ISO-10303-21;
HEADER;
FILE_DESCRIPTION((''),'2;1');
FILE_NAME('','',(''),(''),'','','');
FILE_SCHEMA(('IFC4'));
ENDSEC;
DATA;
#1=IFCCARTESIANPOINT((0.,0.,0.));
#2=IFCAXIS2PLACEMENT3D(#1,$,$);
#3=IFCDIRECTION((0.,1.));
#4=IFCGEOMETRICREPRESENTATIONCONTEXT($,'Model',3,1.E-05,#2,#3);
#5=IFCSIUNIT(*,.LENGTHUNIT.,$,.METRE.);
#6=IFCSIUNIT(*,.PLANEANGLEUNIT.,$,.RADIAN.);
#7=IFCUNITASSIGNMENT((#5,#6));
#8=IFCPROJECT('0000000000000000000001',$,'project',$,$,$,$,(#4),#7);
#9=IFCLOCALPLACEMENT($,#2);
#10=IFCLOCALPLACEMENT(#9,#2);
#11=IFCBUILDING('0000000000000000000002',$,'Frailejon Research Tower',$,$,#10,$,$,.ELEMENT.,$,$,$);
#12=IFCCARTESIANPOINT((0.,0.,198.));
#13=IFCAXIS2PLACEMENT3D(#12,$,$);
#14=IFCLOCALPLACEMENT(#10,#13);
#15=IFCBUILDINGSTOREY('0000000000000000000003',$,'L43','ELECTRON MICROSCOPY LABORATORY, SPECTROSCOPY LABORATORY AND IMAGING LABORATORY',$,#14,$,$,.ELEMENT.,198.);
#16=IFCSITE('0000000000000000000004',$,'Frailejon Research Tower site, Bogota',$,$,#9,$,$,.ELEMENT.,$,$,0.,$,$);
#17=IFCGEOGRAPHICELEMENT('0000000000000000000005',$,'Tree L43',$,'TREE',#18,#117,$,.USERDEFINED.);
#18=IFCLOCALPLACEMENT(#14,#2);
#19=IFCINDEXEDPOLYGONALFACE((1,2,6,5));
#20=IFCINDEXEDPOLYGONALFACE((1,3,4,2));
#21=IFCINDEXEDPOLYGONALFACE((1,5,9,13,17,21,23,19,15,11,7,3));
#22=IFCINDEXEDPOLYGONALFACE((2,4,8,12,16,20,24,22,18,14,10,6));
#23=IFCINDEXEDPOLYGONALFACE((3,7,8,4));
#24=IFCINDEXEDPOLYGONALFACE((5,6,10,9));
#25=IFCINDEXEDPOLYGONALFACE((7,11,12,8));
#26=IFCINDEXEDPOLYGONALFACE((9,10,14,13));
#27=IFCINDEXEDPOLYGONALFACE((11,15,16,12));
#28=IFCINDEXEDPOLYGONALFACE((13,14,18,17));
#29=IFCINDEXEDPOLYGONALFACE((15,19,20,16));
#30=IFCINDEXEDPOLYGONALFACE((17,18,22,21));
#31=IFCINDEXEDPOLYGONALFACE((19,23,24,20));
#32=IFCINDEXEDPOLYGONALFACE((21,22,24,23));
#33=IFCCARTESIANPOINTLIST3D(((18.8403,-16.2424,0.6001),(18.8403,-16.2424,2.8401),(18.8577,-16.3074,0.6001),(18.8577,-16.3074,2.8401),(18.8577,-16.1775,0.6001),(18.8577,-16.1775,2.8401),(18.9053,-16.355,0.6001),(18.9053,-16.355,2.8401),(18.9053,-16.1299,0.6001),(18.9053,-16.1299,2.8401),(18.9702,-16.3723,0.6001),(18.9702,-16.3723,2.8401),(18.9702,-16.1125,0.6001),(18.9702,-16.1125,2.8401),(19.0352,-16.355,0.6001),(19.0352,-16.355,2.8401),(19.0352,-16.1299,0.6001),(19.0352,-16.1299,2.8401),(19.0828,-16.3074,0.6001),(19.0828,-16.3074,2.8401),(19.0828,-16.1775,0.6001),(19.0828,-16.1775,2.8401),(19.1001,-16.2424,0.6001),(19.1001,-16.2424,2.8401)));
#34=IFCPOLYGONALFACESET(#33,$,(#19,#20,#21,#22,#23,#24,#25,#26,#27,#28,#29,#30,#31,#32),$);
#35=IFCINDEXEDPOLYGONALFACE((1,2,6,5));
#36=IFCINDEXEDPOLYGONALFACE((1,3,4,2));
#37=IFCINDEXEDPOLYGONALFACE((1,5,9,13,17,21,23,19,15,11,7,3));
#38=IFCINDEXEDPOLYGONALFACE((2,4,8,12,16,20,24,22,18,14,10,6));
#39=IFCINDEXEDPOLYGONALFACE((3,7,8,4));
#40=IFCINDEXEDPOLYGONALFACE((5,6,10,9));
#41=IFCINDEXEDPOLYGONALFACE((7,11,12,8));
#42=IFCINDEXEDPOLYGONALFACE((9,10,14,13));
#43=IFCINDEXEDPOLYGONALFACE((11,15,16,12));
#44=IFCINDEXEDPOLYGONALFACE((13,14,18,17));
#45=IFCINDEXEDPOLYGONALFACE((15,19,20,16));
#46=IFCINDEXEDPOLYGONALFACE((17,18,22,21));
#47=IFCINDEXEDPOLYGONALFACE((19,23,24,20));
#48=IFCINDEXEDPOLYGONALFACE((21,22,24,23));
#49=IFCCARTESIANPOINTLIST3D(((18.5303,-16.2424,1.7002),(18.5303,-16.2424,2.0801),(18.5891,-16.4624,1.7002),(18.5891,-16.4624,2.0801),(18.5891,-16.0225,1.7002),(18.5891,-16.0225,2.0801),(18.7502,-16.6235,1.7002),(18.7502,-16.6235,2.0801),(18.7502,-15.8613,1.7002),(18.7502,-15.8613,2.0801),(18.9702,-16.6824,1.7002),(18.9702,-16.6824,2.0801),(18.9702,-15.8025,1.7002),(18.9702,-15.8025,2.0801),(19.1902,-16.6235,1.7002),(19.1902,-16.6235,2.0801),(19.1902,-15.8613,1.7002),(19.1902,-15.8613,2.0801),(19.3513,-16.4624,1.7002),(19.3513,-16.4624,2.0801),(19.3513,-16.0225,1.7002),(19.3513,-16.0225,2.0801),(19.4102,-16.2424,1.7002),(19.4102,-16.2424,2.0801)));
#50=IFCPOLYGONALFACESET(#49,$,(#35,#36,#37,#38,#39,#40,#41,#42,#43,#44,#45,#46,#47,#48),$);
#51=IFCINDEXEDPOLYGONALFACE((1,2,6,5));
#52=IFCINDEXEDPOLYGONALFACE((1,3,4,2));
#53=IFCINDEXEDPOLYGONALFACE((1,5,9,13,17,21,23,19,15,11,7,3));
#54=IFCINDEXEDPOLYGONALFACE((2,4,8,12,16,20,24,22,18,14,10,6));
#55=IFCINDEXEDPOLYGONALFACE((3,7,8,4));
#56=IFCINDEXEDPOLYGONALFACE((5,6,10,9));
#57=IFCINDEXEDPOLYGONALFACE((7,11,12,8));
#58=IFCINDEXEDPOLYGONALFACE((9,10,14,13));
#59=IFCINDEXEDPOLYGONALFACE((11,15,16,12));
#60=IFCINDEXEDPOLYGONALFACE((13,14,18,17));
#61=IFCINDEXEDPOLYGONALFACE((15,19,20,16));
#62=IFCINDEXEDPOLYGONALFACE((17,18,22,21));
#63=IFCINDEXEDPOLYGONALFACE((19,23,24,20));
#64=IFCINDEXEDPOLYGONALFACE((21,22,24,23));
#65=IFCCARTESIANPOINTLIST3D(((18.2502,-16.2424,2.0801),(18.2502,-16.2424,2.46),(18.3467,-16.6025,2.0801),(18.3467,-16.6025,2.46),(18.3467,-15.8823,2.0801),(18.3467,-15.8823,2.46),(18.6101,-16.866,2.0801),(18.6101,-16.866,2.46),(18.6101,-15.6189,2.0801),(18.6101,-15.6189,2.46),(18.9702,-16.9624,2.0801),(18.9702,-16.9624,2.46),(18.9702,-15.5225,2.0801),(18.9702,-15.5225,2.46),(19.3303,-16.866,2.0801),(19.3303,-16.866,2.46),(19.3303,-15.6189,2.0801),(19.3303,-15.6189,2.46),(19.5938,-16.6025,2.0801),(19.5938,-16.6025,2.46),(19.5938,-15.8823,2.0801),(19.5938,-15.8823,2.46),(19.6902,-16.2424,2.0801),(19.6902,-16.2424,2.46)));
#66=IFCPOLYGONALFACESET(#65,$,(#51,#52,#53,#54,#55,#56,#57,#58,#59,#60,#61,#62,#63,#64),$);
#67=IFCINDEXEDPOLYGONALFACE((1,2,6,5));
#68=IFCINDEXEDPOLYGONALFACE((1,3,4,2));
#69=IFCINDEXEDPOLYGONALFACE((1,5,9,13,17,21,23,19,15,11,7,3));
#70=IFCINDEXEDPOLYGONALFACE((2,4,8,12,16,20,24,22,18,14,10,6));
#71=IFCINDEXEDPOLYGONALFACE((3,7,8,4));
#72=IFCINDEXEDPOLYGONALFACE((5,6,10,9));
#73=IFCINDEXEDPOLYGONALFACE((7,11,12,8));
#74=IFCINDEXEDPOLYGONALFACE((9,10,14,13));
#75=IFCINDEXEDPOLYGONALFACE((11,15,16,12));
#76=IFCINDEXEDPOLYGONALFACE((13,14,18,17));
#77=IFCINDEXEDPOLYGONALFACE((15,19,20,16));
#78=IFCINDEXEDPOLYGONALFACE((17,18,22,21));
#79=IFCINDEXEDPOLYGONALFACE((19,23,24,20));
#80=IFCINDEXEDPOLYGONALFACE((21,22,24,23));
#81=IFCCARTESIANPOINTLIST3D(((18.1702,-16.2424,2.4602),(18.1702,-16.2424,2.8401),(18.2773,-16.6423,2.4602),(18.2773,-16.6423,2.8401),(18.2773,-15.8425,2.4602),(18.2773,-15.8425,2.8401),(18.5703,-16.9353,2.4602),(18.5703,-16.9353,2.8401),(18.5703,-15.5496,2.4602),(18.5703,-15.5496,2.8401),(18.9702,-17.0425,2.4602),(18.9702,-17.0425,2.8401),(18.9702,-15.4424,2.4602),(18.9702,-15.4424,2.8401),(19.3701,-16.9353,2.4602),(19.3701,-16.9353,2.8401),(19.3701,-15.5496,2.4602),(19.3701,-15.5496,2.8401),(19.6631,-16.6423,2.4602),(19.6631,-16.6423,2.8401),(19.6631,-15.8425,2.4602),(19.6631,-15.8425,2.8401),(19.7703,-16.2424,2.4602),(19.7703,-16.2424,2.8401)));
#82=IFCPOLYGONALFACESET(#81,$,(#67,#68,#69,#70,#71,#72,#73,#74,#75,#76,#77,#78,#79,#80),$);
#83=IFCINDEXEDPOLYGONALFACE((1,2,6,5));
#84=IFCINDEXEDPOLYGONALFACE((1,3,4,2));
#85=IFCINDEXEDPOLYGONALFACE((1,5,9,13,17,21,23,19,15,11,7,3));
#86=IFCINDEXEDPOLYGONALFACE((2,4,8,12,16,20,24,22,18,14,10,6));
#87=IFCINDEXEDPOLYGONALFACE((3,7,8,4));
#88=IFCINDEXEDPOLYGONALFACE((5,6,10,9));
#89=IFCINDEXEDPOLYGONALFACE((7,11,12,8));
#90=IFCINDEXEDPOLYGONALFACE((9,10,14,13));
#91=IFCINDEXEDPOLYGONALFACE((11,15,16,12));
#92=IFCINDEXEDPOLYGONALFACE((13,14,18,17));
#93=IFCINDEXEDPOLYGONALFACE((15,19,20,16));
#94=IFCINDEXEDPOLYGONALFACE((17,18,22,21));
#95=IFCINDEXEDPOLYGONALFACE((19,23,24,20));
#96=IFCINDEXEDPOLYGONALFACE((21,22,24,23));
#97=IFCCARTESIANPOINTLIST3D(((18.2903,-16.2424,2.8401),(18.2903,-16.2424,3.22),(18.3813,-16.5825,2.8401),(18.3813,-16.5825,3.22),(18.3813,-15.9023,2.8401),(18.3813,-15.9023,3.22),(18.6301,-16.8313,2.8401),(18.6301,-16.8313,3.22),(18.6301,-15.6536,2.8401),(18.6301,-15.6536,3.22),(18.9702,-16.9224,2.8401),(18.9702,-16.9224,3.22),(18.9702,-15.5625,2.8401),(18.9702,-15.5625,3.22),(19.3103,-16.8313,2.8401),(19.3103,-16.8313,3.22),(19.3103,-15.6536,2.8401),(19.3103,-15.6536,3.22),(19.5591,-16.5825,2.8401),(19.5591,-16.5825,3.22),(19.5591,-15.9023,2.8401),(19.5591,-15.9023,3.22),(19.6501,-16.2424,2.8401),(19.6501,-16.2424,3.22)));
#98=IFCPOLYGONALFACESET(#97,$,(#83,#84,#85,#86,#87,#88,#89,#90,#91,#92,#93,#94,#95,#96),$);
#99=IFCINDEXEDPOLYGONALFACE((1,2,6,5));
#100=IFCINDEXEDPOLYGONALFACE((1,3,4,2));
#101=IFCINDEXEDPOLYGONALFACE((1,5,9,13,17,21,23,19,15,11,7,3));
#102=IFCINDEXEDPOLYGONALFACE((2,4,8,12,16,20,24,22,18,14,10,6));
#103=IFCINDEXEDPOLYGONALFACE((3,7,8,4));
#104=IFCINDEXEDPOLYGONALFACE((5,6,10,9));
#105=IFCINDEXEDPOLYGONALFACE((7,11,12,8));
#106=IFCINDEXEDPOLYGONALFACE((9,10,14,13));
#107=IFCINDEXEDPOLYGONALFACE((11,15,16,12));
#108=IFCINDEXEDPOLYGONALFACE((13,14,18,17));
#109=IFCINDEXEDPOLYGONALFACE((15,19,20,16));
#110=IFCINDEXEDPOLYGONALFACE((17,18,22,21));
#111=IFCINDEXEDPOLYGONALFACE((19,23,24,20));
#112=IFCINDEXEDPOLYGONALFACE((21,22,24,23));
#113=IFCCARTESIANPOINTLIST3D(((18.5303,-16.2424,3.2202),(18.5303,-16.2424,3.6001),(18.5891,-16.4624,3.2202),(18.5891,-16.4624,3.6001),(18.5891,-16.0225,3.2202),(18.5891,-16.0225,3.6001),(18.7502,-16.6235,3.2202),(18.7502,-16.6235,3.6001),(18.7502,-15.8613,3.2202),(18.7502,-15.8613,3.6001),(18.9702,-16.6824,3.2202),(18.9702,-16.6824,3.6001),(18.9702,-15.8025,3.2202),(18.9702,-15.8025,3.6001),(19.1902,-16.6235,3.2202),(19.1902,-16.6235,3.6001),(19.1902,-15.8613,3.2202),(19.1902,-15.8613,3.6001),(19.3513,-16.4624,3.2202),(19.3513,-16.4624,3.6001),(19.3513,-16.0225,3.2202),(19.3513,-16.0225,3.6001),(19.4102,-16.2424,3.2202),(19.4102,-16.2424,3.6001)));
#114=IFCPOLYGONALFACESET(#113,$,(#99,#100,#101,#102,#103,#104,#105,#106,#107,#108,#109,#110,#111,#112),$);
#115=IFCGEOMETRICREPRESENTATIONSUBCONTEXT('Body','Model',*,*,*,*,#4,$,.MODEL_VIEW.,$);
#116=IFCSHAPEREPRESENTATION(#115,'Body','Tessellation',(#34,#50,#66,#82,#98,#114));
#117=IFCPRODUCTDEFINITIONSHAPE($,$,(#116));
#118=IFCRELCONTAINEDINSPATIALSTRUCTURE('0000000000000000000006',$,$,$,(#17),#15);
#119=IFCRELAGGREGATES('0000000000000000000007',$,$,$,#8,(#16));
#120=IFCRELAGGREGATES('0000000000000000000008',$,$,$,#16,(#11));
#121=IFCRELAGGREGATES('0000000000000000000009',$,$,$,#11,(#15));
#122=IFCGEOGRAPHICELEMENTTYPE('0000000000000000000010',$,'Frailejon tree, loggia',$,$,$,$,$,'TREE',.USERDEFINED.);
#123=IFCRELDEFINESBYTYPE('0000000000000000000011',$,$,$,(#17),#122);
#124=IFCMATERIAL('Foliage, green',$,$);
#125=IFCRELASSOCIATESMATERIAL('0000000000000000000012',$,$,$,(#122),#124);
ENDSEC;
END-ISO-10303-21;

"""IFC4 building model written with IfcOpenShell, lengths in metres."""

from ifc_helpers import new_model, si_unit, direction, frame, origin, place, context, subcontext, project, spatial, polyline, outline, extrude, material, type_object, element, save


model = new_model("IFC4")

# Units and contexts
model_context = context("Model", 3, precision=1e-05, world=origin(), true_north=direction((0.0, 1.0)))
body_context = subcontext(model_context, "Body", "Model", "MODEL_VIEW")
ifc_project = project(units=[si_unit("LENGTHUNIT", "METRE"), si_unit("PLANEANGLEUNIT", "RADIAN")], contexts=[model_context])

# Site, building, storey
site_placement = place(None, origin())
site = spatial("IfcSite", under=ifc_project, at=site_placement, Name="Frailejon Research Tower site, Bogota", CompositionType="ELEMENT", RefElevation=0.0)
building_placement = place(site_placement, origin())
building = spatial("IfcBuilding", under=site, at=building_placement, Name="Frailejon Research Tower", CompositionType="ELEMENT")
storey_placement = place(building_placement, frame((0.0, 0.0, 198.0)))
storey = spatial("IfcBuildingStorey", under=building, at=storey_placement, Name="L43", Description="ELECTRON MICROSCOPY LABORATORY, SPECTROSCOPY LABORATORY AND IMAGING LABORATORY", CompositionType="ELEMENT", Elevation=198.0)

# Geographic element
ifc_material_1 = material(Name="Foliage, green")
geographic_element_type = type_object("IfcGeographicElementType", Name="Frailejon tree, loggia", ElementType="TREE", PredefinedType="USERDEFINED", material=ifc_material_1)
geographic_element_placement = place(storey_placement, frame((18.9702, -16.2424, 0.6001)))
element("IfcGeographicElement", 1, at=geographic_element_placement, inside=storey, type_object=geographic_element_type, Name="Tree L43", ObjectType="TREE", PredefinedType="USERDEFINED", context=body_context, shape_type="SweptSolid", body=[
    extrude(outline(polyline([(0.1299, 0.0), (0.1125, 0.0649), (0.0649, 0.1125), (0.0, 0.1299), (-0.0649, 0.1125), (-0.1125, 0.0649), (-0.1299, 0.0), (-0.1125, -0.0649), (-0.0649, -0.1125), (0.0, -0.1299), (0.0649, -0.1125), (0.1125, -0.0649), (0.1299, 0.0)])), origin(), (0.0, 0.0, 1.0), 2.24),
    extrude(outline(polyline([(0.4399, 0.0), (0.3811, 0.22), (0.22, 0.3811), (0.0, 0.4399), (-0.22, 0.3811), (-0.3811, 0.22), (-0.4399, 0.0), (-0.3811, -0.22), (-0.22, -0.3811), (0.0, -0.4399), (0.22, -0.3811), (0.3811, -0.22), (0.4399, 0.0)])), frame((0.0, 0.0, 1.1001)), (0.0, 0.0, 1.0), 0.3799),
    extrude(outline(polyline([(0.72, 0.0), (0.6235, 0.3601), (0.3601, 0.6235), (0.0, 0.72), (-0.3601, 0.6235), (-0.6235, 0.3601), (-0.72, 0.0), (-0.6235, -0.3601), (-0.3601, -0.6235), (0.0, -0.72), (0.3601, -0.6235), (0.6235, -0.3601), (0.72, 0.0)])), frame((0.0, 0.0, 1.48)), (0.0, 0.0, 1.0), 0.3799),
    extrude(outline(polyline([(0.8, 0.0), (0.6929, 0.3999), (0.3999, 0.6929), (0.0, 0.8), (-0.3999, 0.6929), (-0.6929, 0.3999), (-0.8, 0.0), (-0.6929, -0.3999), (-0.3999, -0.6929), (0.0, -0.8), (0.3999, -0.6929), (0.6929, -0.3999), (0.8, 0.0)])), frame((0.0, 0.0, 1.8601)), (0.0, 0.0, 1.0), 0.3799),
    extrude(outline(polyline([(0.6799, 0.0), (0.5889, 0.3401), (0.3401, 0.5889), (0.0, 0.6799), (-0.3401, 0.5889), (-0.5889, 0.3401), (-0.6799, 0.0), (-0.5889, -0.3401), (-0.3401, -0.5889), (0.0, -0.6799), (0.3401, -0.5889), (0.5889, -0.3401), (0.6799, 0.0)])), frame((0.0, 0.0, 2.24)), (0.0, 0.0, 1.0), 0.3799),
    extrude(outline(polyline([(0.4399, 0.0), (0.3811, 0.22), (0.22, 0.3811), (0.0, 0.4399), (-0.22, 0.3811), (-0.3811, 0.22), (-0.4399, 0.0), (-0.3811, -0.22), (-0.22, -0.3811), (0.0, -0.4399), (0.22, -0.3811), (0.3811, -0.22), (0.4399, 0.0)])), frame((0.0, 0.0, 2.6201)), (0.0, 0.0, 1.0), 0.3799),
])

save(model, "model.ifc")
